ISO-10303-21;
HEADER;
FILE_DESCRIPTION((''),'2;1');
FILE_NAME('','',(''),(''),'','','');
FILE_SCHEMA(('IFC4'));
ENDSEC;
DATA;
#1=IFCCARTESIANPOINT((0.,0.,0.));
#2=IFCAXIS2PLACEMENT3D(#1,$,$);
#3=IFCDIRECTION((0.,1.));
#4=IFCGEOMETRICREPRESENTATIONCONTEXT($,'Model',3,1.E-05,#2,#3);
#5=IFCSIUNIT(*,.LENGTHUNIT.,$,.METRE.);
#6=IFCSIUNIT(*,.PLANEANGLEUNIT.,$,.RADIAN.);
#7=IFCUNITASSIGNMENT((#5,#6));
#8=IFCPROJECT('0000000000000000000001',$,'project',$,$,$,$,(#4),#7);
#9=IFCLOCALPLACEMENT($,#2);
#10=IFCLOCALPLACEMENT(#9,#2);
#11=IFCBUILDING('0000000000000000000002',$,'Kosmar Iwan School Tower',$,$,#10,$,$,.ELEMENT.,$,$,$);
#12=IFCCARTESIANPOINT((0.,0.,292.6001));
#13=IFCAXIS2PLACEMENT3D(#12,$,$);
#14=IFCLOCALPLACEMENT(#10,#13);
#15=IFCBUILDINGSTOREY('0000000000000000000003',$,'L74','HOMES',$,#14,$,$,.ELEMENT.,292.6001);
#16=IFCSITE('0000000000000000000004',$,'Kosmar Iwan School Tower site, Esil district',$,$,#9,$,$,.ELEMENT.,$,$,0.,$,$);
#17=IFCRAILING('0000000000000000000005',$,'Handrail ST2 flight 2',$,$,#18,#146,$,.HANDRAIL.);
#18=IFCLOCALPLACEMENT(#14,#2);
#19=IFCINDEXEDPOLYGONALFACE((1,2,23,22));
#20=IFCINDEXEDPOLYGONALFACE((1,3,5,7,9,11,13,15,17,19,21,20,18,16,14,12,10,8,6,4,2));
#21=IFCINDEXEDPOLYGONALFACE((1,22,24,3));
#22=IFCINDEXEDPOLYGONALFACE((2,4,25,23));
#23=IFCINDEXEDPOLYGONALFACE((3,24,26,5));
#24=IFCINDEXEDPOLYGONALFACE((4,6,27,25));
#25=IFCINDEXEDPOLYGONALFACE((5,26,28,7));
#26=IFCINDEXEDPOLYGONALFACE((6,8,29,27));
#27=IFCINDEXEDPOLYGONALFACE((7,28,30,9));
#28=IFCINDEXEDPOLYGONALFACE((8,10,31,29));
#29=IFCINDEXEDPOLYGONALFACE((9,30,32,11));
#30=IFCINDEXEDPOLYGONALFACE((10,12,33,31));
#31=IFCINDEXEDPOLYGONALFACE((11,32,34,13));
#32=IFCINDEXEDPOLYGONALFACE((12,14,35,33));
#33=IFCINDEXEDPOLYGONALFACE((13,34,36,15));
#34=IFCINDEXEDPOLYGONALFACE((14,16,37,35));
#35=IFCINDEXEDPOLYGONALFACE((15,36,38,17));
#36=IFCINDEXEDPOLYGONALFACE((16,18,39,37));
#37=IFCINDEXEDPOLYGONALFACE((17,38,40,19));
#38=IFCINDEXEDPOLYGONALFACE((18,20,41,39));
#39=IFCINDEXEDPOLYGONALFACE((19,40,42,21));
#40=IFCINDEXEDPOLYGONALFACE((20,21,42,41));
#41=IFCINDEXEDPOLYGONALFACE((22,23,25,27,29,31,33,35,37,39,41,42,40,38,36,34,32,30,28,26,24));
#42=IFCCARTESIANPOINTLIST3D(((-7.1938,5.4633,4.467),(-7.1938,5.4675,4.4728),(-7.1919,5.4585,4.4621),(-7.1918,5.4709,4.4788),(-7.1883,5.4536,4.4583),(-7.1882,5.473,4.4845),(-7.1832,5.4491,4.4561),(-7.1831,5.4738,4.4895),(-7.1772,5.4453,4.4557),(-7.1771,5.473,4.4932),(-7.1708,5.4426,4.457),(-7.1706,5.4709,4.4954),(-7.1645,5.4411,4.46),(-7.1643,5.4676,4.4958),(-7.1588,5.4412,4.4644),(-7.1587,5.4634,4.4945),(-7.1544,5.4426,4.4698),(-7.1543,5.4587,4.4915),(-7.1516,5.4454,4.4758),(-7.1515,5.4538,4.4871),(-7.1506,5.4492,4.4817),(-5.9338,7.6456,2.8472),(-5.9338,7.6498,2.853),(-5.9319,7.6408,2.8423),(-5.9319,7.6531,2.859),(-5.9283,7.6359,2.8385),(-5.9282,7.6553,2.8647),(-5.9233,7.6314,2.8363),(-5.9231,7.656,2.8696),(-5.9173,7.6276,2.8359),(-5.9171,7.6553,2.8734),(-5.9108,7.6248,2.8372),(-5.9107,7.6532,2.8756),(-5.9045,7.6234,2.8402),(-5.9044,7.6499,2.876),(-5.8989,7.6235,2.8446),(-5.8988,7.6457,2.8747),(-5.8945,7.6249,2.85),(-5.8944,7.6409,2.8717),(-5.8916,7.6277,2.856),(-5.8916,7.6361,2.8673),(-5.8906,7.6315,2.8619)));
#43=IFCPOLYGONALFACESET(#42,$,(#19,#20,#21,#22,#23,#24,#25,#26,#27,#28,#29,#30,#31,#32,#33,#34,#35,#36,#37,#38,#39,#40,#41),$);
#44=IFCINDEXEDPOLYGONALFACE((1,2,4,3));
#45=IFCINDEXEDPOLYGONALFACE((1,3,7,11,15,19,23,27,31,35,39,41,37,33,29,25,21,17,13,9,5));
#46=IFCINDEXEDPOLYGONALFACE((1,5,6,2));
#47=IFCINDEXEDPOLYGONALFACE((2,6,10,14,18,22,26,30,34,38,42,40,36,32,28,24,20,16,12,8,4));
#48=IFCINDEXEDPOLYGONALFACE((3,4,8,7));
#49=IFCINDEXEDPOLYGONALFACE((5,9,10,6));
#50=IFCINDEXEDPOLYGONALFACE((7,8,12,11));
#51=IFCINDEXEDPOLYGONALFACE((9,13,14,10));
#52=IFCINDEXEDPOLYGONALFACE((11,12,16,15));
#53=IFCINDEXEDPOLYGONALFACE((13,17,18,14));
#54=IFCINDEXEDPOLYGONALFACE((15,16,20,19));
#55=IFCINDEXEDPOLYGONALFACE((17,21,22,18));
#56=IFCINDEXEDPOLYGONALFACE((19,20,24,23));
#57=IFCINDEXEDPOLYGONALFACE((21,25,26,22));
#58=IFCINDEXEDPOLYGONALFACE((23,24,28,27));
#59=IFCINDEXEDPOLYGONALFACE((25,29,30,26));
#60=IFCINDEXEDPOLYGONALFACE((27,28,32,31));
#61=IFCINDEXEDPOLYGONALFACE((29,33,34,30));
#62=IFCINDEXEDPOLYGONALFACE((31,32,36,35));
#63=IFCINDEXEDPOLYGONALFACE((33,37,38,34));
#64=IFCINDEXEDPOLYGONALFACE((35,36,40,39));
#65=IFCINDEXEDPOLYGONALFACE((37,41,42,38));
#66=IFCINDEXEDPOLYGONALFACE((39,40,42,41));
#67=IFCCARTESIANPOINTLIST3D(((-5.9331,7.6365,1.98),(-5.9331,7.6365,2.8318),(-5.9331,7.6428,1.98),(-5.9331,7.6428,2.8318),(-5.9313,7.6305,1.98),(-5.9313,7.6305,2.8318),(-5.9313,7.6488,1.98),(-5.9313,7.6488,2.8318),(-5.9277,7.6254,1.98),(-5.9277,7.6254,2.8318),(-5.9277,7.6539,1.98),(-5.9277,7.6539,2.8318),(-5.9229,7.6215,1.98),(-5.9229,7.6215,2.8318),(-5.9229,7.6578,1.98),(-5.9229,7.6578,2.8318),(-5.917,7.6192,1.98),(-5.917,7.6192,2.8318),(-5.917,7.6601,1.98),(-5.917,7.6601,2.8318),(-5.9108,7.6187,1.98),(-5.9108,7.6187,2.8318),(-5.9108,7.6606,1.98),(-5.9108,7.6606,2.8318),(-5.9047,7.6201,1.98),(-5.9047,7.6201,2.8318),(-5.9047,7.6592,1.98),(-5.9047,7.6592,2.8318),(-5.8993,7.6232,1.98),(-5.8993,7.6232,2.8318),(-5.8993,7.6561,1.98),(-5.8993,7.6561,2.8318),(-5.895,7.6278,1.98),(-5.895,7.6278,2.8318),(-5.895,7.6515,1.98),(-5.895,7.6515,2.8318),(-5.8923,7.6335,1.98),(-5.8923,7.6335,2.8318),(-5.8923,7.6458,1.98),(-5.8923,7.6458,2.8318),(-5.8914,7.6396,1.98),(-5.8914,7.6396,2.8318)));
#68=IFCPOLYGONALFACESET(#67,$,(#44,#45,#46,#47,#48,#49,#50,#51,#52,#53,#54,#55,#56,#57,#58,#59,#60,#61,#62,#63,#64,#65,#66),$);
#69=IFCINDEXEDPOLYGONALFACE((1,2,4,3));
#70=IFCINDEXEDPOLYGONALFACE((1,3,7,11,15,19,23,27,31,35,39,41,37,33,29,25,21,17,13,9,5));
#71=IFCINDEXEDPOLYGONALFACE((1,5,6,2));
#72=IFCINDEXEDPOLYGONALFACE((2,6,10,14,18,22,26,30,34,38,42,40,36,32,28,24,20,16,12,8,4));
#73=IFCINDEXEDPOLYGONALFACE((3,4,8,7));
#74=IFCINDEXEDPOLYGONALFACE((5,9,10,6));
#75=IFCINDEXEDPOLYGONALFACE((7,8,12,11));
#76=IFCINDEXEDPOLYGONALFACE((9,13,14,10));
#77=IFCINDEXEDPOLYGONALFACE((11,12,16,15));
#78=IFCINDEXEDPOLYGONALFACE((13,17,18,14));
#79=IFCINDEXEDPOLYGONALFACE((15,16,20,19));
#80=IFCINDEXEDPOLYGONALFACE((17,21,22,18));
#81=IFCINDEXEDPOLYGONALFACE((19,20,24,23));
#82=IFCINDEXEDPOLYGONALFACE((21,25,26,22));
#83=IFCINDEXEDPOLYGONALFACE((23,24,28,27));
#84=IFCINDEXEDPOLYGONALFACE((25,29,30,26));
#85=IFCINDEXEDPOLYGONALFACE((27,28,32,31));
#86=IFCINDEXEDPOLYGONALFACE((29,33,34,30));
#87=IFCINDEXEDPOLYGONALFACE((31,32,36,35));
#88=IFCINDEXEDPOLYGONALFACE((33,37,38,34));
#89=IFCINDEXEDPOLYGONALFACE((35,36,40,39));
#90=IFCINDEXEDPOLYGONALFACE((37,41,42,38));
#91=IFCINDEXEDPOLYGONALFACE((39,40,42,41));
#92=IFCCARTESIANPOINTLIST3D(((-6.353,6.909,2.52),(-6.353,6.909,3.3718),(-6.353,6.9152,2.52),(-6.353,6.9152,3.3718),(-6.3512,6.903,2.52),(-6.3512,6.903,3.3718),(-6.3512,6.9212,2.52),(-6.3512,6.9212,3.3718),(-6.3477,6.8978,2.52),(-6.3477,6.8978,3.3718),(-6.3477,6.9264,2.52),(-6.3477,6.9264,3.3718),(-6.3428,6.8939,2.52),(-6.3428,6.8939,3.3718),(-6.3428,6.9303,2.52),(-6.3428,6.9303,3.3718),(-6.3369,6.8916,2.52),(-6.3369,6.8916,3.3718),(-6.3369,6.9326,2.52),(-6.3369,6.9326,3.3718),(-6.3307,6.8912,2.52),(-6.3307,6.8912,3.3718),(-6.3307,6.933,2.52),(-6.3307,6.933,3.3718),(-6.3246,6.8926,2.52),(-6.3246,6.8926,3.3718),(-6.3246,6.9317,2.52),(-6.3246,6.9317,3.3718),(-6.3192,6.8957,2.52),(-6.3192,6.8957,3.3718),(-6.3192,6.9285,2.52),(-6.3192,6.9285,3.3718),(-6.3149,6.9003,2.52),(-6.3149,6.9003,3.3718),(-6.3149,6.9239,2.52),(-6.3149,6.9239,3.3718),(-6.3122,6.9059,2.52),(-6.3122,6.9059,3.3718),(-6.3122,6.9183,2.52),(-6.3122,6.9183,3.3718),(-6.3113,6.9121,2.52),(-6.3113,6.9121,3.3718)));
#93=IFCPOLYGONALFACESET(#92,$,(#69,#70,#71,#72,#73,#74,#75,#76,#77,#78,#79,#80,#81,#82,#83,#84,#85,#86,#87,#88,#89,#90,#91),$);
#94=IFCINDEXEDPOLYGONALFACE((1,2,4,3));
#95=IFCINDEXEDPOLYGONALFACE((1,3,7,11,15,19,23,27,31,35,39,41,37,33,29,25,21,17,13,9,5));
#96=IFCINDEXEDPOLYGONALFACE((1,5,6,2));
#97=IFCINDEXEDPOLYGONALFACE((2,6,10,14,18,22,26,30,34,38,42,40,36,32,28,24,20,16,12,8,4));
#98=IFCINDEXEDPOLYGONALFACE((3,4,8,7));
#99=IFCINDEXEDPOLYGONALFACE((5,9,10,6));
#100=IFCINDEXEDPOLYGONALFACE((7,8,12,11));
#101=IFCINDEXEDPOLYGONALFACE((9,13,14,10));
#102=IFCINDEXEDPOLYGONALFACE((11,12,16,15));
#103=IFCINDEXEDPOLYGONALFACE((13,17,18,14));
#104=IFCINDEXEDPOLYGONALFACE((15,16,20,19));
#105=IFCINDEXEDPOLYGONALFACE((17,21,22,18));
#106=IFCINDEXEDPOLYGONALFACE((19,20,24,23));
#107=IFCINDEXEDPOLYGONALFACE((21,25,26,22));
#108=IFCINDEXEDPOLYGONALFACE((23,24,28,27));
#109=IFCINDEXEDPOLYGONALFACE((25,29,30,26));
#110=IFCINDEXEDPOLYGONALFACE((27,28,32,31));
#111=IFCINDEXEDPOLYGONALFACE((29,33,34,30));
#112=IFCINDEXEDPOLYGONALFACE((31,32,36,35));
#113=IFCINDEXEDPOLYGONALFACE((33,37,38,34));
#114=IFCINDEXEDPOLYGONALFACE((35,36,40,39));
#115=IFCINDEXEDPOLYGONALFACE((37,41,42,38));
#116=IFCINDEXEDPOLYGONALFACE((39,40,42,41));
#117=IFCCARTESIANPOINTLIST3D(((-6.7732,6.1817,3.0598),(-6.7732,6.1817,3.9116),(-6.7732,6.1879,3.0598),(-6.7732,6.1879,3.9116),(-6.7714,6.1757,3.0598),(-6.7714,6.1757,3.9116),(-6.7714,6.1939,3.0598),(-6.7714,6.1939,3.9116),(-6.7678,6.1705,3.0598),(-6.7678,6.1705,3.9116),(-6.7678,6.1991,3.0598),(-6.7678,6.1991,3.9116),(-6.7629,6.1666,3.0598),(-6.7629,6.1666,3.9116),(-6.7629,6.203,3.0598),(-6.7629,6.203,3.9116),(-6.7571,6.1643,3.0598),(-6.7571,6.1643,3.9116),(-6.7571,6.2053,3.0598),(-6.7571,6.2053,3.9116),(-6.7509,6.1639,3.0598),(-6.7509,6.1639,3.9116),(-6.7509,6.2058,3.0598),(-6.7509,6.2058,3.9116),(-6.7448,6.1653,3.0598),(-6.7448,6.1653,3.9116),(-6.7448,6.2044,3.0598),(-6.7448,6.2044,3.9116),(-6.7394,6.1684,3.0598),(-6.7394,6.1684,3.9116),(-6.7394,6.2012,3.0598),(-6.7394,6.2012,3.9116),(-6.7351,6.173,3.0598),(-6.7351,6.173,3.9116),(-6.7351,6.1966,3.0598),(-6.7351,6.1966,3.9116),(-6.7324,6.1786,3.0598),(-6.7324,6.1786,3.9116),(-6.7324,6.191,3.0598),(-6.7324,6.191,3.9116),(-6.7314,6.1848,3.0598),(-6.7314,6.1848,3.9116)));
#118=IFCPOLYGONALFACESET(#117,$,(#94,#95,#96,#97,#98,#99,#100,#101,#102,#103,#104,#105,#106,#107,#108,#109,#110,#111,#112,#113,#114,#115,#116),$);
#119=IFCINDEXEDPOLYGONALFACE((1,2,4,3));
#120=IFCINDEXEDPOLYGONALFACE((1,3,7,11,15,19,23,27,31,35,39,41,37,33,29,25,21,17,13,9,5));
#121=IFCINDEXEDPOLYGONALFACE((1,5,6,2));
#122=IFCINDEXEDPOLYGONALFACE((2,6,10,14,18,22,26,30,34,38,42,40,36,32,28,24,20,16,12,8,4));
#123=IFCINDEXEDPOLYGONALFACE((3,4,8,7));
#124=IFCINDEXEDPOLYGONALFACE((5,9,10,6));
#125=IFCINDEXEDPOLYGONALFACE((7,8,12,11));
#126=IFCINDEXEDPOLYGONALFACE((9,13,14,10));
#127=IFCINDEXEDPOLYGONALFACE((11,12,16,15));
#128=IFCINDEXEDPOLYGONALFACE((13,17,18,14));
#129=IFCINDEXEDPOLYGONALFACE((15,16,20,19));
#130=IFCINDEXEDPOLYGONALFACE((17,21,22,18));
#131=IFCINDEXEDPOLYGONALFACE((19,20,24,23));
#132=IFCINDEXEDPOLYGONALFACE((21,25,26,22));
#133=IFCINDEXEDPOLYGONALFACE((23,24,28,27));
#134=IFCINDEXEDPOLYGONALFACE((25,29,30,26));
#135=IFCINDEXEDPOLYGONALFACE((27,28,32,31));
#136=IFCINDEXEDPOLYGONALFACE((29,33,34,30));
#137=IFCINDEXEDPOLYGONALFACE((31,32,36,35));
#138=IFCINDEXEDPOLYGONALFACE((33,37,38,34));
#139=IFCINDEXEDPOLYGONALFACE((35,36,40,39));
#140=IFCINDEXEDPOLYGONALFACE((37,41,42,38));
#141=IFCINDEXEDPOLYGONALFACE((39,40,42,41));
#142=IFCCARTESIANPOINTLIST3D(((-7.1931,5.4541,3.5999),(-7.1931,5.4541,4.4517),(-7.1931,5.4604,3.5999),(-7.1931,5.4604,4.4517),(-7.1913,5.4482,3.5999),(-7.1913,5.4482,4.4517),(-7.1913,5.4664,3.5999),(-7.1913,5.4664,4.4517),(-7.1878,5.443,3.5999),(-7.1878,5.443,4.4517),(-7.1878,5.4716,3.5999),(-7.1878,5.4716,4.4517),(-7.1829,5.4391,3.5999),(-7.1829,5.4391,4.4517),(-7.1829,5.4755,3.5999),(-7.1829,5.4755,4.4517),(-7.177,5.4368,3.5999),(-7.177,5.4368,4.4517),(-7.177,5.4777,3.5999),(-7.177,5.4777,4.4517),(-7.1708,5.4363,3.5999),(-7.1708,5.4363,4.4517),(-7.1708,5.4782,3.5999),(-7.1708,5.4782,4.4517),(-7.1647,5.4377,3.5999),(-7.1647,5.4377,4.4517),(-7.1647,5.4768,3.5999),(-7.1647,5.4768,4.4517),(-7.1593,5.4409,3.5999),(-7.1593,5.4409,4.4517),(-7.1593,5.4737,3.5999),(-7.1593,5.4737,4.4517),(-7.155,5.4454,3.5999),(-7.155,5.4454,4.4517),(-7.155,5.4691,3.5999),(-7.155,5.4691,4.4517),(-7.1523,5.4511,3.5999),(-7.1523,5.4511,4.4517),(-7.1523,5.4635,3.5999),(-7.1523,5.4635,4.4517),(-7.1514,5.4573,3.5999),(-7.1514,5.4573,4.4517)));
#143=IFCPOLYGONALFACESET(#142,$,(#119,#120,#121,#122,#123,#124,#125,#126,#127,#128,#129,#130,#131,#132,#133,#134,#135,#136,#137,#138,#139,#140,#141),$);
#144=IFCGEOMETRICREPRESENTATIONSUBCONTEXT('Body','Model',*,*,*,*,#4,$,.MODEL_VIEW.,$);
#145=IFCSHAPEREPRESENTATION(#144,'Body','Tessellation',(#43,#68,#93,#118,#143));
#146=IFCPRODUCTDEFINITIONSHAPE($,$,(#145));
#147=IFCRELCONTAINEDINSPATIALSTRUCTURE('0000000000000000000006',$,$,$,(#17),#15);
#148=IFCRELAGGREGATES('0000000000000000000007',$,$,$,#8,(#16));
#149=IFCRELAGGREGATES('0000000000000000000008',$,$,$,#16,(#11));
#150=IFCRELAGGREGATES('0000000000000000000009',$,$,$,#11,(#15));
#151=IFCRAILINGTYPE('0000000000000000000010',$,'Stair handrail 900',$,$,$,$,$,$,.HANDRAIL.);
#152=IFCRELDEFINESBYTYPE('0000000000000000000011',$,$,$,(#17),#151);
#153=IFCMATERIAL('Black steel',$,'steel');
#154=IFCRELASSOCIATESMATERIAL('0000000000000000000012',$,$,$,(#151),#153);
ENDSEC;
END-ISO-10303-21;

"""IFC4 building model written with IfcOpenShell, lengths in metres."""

from ifc_helpers import new_model, si_unit, direction, frame, origin, origin_2d, place, context, subcontext, project, spatial, circle, extrude, material, type_object, element, save


model = new_model("IFC4")

# Units and contexts
model_context = context("Model", 3, precision=1e-05, world=origin(), true_north=direction((0.0, 1.0)))
body_context = subcontext(model_context, "Body", "Model", "MODEL_VIEW")
ifc_project = project(units=[si_unit("LENGTHUNIT", "METRE"), si_unit("PLANEANGLEUNIT", "RADIAN")], contexts=[model_context])

# Site, building, storey
site_placement = place(None, origin())
site = spatial("IfcSite", under=ifc_project, at=site_placement, Name="Kosmar Iwan School Tower site, Esil district", CompositionType="ELEMENT", RefElevation=0.0)
building_placement = place(site_placement, origin())
building = spatial("IfcBuilding", under=site, at=building_placement, Name="Kosmar Iwan School Tower", CompositionType="ELEMENT")
storey_placement = place(building_placement, frame((0.0, 0.0, 292.6001)))
storey = spatial("IfcBuildingStorey", under=building, at=storey_placement, Name="L74", Description="HOMES", CompositionType="ELEMENT", Elevation=292.6001)

# Railing
ifc_material_1 = material(Name="Black steel", Category="steel")
railing_type = type_object("IfcRailingType", Name="Stair handrail 900", PredefinedType="HANDRAIL", material=ifc_material_1)
railing_placement = place(storey_placement, frame((-5.9124, 7.6396, 1.98)))
element("IfcRailing", 1, at=railing_placement, inside=storey, type_object=railing_type, Name="Handrail ST2 flight 2", PredefinedType="HANDRAIL", context=body_context, shape_type="SweptSolid", body=[
    extrude(circle(Radius=0.0239, at=origin_2d()), frame((0.0, 0.0, 0.876), z_axis=(-0.420603, -0.728496, 0.540728), x_axis=(0.866023, -0.500005, 0.0)), (0.0, 0.0, 1.0), 2.9956),
    extrude(circle(Radius=0.021, at=origin_2d()), origin(), (0.0, 0.0, 1.0), 0.8518),
    extrude(circle(Radius=0.021, at=origin_2d()), frame((-0.4199, -0.7275, 0.54)), (0.0, 0.0, 1.0), 0.8518),
    extrude(circle(Radius=0.021, at=origin_2d()), frame((-0.8401, -1.4548, 1.0798)), (0.0, 0.0, 1.0), 0.8518),
    extrude(circle(Radius=0.021, at=origin_2d()), frame((-1.26, -2.1824, 1.6199)), (0.0, 0.0, 1.0), 0.8518),
])

save(model, "model.ifc")
